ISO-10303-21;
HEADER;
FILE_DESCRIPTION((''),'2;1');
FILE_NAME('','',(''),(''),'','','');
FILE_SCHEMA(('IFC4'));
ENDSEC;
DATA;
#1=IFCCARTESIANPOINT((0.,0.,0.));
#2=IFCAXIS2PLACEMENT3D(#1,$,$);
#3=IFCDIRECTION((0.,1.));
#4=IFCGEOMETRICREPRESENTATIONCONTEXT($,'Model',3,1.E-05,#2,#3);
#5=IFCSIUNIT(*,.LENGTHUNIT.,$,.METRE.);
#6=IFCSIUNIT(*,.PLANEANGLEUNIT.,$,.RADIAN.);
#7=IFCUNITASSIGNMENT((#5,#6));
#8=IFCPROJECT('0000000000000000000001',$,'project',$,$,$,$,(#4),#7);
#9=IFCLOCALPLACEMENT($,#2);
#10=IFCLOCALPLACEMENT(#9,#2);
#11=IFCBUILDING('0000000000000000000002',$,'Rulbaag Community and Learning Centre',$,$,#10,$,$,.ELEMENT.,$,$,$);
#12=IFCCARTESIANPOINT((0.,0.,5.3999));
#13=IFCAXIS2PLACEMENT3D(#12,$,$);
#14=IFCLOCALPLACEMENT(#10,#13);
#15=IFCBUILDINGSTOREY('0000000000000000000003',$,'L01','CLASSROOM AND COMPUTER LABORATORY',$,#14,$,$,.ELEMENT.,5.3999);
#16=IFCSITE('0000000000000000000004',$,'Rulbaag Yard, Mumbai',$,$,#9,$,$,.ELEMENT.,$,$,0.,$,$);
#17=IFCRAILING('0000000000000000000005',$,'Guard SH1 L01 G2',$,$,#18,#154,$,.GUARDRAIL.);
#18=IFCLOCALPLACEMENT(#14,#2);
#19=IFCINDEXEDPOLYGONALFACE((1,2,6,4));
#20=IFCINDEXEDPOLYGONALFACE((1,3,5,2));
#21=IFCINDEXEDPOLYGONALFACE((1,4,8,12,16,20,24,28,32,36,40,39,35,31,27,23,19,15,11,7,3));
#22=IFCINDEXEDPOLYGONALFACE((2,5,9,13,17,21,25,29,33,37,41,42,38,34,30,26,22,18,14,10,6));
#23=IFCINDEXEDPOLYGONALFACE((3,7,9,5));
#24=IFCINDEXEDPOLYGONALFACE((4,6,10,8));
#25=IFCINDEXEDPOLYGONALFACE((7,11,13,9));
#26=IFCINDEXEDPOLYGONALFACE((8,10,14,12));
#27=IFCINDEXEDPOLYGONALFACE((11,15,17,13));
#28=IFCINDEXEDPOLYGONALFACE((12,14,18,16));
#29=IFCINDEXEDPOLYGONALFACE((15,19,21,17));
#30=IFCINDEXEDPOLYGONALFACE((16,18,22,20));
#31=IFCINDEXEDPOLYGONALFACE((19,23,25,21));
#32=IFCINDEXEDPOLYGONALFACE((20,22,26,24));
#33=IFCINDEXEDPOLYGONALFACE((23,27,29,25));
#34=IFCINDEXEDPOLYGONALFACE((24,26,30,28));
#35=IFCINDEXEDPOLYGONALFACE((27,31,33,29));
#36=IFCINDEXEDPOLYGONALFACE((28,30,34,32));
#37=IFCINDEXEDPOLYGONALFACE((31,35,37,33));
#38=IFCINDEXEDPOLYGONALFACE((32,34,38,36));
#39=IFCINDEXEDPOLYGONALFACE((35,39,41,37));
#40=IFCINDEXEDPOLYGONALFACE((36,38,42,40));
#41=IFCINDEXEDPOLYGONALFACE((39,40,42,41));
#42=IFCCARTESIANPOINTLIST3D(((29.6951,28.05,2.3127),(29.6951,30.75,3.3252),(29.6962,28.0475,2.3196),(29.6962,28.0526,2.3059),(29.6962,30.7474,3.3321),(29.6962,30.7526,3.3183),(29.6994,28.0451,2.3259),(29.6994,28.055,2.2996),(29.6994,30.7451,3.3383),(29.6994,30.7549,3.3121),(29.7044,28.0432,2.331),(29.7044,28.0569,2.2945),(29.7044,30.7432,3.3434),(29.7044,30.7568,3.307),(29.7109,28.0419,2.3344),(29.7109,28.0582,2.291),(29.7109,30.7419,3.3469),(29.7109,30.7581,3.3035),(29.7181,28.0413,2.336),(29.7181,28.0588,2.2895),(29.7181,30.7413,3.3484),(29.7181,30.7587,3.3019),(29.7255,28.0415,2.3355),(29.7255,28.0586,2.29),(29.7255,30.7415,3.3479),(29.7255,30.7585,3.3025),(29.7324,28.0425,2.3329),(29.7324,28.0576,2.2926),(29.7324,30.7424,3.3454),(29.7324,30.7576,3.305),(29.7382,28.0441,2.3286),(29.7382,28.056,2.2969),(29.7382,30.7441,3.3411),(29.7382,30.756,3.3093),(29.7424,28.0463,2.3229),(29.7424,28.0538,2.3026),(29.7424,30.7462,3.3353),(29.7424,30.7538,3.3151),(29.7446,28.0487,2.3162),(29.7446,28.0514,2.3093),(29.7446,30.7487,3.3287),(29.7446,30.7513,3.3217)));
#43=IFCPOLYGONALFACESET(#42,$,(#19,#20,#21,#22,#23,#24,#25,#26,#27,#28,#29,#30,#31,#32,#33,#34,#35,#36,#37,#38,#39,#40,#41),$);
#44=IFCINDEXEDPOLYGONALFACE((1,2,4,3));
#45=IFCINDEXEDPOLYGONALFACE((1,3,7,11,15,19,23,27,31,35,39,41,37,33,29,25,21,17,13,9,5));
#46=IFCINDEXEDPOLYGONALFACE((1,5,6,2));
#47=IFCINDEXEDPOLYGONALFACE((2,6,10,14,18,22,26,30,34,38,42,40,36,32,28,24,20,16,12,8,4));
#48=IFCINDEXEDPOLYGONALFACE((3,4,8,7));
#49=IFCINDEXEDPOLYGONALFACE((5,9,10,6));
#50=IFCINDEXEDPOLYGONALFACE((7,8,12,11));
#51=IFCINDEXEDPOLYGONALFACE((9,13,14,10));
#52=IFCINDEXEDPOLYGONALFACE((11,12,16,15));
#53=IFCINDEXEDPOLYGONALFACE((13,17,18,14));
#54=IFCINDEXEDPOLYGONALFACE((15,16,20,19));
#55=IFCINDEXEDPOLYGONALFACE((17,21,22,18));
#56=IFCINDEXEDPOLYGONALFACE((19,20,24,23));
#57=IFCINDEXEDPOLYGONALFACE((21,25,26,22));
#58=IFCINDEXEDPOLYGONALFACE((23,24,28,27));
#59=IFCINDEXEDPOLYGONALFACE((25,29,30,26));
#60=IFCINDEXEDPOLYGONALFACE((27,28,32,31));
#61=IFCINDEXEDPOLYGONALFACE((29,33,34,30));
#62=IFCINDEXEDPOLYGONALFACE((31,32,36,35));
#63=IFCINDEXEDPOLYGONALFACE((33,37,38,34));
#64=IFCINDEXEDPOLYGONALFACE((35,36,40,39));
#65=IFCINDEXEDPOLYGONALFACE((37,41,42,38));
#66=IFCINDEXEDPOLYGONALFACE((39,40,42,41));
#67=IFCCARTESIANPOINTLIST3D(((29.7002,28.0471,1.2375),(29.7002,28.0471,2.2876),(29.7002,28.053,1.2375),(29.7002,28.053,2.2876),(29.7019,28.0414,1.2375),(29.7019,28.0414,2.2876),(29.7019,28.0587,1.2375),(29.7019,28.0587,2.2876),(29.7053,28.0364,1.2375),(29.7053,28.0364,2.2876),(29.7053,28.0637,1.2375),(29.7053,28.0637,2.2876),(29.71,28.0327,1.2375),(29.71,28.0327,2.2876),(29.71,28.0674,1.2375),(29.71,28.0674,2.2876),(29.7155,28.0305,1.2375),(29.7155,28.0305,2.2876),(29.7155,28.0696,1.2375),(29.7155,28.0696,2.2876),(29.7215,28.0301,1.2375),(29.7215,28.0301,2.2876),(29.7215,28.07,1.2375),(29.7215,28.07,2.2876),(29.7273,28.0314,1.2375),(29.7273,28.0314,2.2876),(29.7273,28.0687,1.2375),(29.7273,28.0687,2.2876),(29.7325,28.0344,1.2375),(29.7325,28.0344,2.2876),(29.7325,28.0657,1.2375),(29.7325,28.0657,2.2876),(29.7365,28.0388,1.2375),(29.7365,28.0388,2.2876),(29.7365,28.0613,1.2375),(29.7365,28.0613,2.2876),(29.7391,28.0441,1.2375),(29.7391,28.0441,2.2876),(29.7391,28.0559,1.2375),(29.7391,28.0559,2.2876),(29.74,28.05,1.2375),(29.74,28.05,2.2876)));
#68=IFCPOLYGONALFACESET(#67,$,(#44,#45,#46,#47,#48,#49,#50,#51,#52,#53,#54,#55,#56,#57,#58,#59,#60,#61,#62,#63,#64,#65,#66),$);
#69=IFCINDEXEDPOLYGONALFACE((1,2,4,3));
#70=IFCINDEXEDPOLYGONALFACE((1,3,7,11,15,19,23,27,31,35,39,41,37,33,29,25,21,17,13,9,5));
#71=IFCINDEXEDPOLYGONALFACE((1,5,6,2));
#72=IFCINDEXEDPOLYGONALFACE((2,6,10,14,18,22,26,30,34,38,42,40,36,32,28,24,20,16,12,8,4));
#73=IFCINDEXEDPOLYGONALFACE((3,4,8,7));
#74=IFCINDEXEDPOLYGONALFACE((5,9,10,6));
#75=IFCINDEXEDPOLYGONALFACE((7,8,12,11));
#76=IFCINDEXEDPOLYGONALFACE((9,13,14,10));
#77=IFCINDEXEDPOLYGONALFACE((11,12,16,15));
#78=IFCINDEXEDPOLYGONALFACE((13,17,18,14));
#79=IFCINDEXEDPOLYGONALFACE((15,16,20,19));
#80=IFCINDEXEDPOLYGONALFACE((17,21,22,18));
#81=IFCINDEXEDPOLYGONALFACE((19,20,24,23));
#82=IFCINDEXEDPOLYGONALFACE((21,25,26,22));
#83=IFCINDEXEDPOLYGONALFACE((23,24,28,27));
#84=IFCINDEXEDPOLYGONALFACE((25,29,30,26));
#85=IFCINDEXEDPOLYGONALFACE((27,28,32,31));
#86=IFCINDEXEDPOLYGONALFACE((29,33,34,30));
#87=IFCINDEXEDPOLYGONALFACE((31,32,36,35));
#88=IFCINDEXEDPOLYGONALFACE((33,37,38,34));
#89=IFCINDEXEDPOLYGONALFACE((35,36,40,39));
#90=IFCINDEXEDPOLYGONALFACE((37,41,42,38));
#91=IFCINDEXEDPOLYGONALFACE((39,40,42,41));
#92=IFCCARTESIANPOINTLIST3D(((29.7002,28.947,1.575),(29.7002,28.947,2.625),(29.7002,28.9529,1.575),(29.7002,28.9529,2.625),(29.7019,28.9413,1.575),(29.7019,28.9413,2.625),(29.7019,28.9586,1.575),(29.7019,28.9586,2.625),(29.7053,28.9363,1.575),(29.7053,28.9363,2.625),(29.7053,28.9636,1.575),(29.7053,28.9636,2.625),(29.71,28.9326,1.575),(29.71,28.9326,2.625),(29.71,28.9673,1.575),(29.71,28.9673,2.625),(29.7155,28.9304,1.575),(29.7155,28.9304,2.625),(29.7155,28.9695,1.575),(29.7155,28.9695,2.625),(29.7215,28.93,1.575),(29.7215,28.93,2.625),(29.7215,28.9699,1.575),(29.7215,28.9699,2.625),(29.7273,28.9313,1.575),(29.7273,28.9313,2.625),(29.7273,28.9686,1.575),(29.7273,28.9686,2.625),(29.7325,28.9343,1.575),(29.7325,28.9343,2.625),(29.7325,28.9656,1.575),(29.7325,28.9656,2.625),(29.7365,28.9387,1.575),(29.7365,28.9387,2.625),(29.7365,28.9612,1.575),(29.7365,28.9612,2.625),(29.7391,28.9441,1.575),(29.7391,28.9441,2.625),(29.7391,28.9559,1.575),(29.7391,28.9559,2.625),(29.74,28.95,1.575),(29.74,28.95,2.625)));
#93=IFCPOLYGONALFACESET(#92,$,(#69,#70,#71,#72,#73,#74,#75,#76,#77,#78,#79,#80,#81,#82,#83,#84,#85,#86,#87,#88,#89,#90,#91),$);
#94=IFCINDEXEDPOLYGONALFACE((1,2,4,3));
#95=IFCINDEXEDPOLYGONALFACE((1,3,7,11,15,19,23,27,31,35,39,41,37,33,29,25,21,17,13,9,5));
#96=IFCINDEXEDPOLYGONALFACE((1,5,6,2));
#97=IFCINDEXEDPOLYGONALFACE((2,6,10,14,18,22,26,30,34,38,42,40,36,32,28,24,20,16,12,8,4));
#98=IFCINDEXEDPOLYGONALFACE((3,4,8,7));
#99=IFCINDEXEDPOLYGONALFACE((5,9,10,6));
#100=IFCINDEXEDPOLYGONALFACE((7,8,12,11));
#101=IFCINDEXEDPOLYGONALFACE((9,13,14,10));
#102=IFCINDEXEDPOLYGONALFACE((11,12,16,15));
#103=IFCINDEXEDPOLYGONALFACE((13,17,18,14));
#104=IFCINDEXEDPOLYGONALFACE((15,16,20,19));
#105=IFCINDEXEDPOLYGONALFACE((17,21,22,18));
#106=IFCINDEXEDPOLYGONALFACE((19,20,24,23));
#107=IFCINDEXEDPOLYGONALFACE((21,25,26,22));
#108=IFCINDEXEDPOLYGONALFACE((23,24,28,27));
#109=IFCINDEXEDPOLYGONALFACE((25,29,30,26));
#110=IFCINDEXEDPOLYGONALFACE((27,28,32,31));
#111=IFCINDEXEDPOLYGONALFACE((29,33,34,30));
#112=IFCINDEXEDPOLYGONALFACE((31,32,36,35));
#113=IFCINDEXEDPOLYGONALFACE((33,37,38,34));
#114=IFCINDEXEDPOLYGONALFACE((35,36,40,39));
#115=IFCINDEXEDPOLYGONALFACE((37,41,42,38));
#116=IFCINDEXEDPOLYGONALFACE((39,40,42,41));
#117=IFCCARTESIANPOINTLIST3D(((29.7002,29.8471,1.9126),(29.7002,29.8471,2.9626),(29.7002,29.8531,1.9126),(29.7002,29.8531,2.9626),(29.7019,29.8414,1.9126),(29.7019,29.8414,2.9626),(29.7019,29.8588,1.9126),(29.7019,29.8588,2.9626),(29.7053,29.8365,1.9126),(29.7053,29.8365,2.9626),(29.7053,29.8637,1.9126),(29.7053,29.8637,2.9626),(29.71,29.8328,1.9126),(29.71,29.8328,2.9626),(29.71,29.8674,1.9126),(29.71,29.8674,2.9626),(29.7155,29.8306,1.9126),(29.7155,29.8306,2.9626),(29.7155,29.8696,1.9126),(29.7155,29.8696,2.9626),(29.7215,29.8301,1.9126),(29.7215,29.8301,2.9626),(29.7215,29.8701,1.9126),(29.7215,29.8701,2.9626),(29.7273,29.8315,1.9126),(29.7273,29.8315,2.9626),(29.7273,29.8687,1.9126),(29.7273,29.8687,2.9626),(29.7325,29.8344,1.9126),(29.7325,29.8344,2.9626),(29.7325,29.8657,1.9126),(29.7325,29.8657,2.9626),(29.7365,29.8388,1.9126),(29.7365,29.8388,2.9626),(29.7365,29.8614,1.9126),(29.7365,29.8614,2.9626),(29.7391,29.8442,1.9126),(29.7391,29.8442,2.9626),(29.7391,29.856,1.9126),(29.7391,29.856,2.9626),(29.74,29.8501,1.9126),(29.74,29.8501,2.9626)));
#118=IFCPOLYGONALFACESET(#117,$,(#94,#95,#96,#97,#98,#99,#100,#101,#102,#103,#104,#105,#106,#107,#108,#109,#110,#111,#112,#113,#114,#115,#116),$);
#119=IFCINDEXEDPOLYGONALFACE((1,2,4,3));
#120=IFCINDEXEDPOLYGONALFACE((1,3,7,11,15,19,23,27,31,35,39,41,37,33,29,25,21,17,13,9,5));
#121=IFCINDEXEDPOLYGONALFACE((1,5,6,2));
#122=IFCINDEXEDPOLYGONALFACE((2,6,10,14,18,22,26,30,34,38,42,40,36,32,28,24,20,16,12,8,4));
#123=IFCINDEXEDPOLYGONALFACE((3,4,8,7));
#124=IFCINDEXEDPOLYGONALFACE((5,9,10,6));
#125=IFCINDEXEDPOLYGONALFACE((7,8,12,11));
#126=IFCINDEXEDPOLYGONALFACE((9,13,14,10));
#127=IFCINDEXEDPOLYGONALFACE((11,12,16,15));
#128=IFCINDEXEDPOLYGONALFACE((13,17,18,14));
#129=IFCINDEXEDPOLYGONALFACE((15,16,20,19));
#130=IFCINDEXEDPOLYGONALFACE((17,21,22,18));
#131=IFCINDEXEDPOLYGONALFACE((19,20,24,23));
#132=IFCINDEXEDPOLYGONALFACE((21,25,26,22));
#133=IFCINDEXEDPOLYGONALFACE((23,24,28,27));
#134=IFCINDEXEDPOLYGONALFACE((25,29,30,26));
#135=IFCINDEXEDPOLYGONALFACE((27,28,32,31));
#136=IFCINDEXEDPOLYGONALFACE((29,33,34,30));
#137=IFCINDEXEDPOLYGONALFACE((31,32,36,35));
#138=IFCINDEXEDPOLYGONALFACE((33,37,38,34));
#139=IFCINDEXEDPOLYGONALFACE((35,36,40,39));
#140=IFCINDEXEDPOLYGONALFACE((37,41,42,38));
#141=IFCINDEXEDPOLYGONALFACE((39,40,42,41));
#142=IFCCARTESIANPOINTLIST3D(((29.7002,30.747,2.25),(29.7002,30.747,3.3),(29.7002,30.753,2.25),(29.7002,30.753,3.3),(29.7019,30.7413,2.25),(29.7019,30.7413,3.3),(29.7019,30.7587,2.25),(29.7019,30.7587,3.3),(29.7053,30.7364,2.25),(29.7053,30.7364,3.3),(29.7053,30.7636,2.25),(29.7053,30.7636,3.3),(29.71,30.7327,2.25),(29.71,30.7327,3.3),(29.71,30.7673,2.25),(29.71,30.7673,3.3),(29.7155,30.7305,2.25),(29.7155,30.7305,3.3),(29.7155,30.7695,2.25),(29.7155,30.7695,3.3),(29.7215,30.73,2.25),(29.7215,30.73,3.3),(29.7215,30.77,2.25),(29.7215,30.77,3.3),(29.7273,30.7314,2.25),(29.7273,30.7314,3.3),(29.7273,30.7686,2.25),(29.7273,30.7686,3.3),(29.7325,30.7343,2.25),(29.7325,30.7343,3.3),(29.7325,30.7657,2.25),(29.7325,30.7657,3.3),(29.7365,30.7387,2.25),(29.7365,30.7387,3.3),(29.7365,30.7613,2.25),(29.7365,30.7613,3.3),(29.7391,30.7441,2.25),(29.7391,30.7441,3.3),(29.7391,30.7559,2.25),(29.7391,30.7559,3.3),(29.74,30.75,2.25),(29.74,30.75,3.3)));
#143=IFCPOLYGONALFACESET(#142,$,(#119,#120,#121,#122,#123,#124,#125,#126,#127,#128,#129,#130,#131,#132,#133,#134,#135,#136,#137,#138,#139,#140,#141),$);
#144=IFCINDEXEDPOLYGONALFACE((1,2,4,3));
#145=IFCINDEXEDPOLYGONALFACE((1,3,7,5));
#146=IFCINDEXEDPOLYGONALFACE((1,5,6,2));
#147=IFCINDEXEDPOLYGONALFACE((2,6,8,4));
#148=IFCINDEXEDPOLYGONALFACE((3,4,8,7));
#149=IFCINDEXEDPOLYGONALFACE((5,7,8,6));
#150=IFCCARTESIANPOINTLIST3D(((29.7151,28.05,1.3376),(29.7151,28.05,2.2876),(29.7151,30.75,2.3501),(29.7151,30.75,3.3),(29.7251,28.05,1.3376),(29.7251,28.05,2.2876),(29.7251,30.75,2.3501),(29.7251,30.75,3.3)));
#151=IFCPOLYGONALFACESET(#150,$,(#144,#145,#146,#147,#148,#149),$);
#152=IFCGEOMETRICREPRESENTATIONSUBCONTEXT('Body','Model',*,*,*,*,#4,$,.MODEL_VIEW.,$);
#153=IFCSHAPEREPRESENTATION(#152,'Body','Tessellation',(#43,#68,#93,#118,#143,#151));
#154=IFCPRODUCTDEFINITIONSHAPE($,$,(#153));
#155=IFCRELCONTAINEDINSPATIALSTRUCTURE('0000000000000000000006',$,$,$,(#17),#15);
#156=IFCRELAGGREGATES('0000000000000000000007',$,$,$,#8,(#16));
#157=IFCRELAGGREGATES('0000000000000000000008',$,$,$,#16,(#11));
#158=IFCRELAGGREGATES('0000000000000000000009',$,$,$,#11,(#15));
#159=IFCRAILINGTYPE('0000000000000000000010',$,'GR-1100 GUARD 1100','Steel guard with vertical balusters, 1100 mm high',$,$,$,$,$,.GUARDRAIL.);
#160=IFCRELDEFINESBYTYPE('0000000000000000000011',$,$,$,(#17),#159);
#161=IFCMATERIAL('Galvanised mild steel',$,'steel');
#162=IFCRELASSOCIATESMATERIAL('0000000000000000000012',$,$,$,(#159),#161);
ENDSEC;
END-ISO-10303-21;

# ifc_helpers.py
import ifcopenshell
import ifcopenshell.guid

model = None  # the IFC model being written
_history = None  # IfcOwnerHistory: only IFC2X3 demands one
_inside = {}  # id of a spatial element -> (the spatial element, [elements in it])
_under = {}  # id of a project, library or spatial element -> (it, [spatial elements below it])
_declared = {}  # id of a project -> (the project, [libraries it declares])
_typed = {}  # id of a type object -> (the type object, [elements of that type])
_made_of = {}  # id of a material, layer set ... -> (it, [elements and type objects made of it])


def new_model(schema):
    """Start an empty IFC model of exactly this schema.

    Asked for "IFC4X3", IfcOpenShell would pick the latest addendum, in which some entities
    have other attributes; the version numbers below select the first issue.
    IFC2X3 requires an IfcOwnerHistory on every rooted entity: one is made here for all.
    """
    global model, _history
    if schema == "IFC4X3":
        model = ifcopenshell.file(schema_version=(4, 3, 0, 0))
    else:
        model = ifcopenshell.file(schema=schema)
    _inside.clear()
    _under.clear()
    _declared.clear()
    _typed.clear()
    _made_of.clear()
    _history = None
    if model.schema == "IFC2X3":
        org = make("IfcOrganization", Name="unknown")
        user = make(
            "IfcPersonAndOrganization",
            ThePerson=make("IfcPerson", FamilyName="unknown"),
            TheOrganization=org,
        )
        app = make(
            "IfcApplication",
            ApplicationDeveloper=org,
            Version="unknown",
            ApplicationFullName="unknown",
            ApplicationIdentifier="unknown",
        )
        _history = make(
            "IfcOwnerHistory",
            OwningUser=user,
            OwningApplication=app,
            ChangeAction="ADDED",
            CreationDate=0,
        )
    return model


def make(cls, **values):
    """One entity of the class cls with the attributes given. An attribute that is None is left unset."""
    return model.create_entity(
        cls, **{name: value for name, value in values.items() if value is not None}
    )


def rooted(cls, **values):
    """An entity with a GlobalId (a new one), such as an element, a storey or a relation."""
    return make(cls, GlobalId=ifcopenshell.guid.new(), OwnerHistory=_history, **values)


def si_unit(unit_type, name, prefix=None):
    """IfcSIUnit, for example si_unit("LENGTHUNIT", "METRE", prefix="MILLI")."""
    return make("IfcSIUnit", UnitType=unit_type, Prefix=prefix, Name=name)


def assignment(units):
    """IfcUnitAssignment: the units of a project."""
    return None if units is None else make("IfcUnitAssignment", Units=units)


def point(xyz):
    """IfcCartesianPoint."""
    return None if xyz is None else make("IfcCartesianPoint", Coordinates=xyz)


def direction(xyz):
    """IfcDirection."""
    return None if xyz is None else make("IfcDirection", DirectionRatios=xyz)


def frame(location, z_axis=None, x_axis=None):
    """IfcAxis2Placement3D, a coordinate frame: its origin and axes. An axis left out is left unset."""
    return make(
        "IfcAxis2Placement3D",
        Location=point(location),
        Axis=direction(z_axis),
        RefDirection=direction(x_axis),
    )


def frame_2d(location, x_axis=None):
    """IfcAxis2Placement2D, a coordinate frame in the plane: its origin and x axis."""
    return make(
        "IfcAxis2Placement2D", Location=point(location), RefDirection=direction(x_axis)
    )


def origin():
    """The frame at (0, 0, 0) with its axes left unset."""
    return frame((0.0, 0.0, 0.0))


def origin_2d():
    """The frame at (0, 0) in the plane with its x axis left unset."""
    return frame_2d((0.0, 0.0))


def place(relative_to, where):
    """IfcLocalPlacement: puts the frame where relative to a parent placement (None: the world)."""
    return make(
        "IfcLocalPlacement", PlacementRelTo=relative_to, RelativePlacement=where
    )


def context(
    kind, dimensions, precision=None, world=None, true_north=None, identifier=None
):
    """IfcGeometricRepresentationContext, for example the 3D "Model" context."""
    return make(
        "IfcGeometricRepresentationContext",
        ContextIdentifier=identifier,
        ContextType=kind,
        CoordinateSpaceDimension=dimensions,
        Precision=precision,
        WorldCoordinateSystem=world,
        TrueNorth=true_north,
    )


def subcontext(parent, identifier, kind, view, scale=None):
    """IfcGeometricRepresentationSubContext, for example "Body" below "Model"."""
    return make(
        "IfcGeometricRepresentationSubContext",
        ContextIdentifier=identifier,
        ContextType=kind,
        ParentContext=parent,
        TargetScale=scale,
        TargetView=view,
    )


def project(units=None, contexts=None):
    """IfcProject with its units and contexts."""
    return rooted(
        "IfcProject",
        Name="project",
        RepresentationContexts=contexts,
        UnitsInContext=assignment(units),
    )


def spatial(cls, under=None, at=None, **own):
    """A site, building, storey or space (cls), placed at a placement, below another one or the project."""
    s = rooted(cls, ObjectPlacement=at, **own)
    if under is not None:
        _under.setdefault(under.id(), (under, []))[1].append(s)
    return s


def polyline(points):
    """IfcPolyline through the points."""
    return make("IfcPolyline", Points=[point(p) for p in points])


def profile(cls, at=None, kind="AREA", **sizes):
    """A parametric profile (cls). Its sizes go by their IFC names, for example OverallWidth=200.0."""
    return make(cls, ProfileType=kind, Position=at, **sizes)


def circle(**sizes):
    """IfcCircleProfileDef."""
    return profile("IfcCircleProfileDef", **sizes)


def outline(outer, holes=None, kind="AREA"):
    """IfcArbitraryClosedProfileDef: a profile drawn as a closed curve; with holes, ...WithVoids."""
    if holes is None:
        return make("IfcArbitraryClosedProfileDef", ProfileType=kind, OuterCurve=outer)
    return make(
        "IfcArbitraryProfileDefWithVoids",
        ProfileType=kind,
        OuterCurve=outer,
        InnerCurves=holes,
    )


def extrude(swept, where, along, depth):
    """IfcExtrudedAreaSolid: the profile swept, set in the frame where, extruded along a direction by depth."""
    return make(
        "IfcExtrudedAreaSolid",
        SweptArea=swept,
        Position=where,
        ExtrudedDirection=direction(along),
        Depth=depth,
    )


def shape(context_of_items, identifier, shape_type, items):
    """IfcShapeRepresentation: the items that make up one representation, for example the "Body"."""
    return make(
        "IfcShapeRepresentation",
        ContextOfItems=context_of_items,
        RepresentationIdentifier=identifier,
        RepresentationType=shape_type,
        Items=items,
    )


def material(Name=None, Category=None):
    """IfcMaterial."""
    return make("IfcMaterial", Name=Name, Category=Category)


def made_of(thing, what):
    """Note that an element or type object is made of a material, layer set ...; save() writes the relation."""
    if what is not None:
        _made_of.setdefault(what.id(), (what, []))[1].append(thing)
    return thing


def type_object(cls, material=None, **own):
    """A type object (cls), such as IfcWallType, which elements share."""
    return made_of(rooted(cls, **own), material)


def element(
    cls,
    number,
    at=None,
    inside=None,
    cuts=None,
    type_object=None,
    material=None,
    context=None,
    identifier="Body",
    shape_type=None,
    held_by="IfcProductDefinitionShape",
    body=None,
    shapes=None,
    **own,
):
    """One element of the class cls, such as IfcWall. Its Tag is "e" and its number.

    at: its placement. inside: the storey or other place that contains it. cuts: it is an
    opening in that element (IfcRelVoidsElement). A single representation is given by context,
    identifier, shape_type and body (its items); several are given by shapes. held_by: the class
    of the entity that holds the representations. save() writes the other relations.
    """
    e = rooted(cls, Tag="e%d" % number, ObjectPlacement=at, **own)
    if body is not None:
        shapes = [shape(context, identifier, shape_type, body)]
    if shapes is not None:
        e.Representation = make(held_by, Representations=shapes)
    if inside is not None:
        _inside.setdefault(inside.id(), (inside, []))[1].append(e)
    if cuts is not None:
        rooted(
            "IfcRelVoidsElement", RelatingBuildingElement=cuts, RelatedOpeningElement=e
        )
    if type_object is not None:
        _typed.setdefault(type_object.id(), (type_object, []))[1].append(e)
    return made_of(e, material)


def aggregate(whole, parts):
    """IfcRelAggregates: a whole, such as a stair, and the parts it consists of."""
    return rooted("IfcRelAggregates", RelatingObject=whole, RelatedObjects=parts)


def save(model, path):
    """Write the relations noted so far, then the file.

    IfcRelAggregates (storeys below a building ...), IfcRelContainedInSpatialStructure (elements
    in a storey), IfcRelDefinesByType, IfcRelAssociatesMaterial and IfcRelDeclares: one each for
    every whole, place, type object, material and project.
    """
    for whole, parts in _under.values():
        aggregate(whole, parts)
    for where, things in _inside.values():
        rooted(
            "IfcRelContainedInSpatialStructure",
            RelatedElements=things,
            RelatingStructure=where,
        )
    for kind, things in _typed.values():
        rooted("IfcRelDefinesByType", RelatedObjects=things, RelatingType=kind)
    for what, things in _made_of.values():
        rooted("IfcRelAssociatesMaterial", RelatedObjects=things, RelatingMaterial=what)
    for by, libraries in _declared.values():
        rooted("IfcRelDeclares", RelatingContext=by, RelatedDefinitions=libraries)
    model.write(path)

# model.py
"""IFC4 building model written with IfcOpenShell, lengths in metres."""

from ifc_helpers import new_model, si_unit, direction, frame, origin, origin_2d, place, context, subcontext, project, spatial, polyline, circle, outline, extrude, material, type_object, element, save


model = new_model("IFC4")

# Units and contexts
model_context = context("Model", 3, precision=1e-05, world=origin(), true_north=direction((0.0, 1.0)))
body_context = subcontext(model_context, "Body", "Model", "MODEL_VIEW")
ifc_project = project(units=[si_unit("LENGTHUNIT", "METRE"), si_unit("PLANEANGLEUNIT", "RADIAN")], contexts=[model_context])

# Site, building, storey
site_placement = place(None, origin())
site = spatial("IfcSite", under=ifc_project, at=site_placement, Name="Rulbaag Yard, Mumbai", CompositionType="ELEMENT", RefElevation=0.0)
building_placement = place(site_placement, origin())
building = spatial("IfcBuilding", under=site, at=building_placement, Name="Rulbaag Community and Learning Centre", CompositionType="ELEMENT")
storey_placement = place(building_placement, frame((0.0, 0.0, 5.3999)))
storey = spatial("IfcBuildingStorey", under=building, at=storey_placement, Name="L01", Description="CLASSROOM AND COMPUTER LABORATORY", CompositionType="ELEMENT", Elevation=5.3999)

# Railing
ifc_material_1 = material(Name="Galvanised mild steel", Category="steel")
railing_type_1 = type_object("IfcRailingType", Name="GR-1100 GUARD 1100", Description="Steel guard with vertical balusters, 1100 mm high", PredefinedType="GUARDRAIL", material=ifc_material_1)
railing_1_placement = place(storey_placement, frame((29.72, 28.05, 1.2375)))
element("IfcRailing", 1, at=railing_1_placement, inside=storey, type_object=railing_type_1, Name="Guard SH1 L01 G2", PredefinedType="GUARDRAIL", context=body_context, shape_type="SweptSolid", body=[
    extrude(circle(Radius=0.0249, at=origin_2d()), frame((0.0, 0.0, 1.0752), z_axis=(0.0, 0.936333, 0.351114), x_axis=(-1.0, 0.0, 0.0)), (0.0, 0.0, 1.0), 2.8835),
    extrude(circle(Radius=0.02, at=origin_2d()), origin(), (0.0, 0.0, 1.0), 1.05),
    extrude(circle(Radius=0.02, at=origin_2d()), frame((0.0, 0.8999, 0.3374)), (0.0, 0.0, 1.0), 1.05),
    extrude(circle(Radius=0.02, at=origin_2d()), frame((0.0, 1.8, 0.675)), (0.0, 0.0, 1.0), 1.05),
    extrude(circle(Radius=0.02, at=origin_2d()), frame((0.0, 2.7, 1.0125)), (0.0, 0.0, 1.0), 1.05),
    extrude(outline(polyline([(0.0, 0.0), (2.7, 1.0125), (2.7, 1.9624), (0.0, 0.95), (0.0, 0.0)])), frame((-0.0049, 0.0, 0.1001), z_axis=(1.0, 0.0, 0.0), x_axis=(0.0, 1.0, 0.0)), (0.0, 0.0, 1.0), 0.01),
])

save(model, "model.ifc")
